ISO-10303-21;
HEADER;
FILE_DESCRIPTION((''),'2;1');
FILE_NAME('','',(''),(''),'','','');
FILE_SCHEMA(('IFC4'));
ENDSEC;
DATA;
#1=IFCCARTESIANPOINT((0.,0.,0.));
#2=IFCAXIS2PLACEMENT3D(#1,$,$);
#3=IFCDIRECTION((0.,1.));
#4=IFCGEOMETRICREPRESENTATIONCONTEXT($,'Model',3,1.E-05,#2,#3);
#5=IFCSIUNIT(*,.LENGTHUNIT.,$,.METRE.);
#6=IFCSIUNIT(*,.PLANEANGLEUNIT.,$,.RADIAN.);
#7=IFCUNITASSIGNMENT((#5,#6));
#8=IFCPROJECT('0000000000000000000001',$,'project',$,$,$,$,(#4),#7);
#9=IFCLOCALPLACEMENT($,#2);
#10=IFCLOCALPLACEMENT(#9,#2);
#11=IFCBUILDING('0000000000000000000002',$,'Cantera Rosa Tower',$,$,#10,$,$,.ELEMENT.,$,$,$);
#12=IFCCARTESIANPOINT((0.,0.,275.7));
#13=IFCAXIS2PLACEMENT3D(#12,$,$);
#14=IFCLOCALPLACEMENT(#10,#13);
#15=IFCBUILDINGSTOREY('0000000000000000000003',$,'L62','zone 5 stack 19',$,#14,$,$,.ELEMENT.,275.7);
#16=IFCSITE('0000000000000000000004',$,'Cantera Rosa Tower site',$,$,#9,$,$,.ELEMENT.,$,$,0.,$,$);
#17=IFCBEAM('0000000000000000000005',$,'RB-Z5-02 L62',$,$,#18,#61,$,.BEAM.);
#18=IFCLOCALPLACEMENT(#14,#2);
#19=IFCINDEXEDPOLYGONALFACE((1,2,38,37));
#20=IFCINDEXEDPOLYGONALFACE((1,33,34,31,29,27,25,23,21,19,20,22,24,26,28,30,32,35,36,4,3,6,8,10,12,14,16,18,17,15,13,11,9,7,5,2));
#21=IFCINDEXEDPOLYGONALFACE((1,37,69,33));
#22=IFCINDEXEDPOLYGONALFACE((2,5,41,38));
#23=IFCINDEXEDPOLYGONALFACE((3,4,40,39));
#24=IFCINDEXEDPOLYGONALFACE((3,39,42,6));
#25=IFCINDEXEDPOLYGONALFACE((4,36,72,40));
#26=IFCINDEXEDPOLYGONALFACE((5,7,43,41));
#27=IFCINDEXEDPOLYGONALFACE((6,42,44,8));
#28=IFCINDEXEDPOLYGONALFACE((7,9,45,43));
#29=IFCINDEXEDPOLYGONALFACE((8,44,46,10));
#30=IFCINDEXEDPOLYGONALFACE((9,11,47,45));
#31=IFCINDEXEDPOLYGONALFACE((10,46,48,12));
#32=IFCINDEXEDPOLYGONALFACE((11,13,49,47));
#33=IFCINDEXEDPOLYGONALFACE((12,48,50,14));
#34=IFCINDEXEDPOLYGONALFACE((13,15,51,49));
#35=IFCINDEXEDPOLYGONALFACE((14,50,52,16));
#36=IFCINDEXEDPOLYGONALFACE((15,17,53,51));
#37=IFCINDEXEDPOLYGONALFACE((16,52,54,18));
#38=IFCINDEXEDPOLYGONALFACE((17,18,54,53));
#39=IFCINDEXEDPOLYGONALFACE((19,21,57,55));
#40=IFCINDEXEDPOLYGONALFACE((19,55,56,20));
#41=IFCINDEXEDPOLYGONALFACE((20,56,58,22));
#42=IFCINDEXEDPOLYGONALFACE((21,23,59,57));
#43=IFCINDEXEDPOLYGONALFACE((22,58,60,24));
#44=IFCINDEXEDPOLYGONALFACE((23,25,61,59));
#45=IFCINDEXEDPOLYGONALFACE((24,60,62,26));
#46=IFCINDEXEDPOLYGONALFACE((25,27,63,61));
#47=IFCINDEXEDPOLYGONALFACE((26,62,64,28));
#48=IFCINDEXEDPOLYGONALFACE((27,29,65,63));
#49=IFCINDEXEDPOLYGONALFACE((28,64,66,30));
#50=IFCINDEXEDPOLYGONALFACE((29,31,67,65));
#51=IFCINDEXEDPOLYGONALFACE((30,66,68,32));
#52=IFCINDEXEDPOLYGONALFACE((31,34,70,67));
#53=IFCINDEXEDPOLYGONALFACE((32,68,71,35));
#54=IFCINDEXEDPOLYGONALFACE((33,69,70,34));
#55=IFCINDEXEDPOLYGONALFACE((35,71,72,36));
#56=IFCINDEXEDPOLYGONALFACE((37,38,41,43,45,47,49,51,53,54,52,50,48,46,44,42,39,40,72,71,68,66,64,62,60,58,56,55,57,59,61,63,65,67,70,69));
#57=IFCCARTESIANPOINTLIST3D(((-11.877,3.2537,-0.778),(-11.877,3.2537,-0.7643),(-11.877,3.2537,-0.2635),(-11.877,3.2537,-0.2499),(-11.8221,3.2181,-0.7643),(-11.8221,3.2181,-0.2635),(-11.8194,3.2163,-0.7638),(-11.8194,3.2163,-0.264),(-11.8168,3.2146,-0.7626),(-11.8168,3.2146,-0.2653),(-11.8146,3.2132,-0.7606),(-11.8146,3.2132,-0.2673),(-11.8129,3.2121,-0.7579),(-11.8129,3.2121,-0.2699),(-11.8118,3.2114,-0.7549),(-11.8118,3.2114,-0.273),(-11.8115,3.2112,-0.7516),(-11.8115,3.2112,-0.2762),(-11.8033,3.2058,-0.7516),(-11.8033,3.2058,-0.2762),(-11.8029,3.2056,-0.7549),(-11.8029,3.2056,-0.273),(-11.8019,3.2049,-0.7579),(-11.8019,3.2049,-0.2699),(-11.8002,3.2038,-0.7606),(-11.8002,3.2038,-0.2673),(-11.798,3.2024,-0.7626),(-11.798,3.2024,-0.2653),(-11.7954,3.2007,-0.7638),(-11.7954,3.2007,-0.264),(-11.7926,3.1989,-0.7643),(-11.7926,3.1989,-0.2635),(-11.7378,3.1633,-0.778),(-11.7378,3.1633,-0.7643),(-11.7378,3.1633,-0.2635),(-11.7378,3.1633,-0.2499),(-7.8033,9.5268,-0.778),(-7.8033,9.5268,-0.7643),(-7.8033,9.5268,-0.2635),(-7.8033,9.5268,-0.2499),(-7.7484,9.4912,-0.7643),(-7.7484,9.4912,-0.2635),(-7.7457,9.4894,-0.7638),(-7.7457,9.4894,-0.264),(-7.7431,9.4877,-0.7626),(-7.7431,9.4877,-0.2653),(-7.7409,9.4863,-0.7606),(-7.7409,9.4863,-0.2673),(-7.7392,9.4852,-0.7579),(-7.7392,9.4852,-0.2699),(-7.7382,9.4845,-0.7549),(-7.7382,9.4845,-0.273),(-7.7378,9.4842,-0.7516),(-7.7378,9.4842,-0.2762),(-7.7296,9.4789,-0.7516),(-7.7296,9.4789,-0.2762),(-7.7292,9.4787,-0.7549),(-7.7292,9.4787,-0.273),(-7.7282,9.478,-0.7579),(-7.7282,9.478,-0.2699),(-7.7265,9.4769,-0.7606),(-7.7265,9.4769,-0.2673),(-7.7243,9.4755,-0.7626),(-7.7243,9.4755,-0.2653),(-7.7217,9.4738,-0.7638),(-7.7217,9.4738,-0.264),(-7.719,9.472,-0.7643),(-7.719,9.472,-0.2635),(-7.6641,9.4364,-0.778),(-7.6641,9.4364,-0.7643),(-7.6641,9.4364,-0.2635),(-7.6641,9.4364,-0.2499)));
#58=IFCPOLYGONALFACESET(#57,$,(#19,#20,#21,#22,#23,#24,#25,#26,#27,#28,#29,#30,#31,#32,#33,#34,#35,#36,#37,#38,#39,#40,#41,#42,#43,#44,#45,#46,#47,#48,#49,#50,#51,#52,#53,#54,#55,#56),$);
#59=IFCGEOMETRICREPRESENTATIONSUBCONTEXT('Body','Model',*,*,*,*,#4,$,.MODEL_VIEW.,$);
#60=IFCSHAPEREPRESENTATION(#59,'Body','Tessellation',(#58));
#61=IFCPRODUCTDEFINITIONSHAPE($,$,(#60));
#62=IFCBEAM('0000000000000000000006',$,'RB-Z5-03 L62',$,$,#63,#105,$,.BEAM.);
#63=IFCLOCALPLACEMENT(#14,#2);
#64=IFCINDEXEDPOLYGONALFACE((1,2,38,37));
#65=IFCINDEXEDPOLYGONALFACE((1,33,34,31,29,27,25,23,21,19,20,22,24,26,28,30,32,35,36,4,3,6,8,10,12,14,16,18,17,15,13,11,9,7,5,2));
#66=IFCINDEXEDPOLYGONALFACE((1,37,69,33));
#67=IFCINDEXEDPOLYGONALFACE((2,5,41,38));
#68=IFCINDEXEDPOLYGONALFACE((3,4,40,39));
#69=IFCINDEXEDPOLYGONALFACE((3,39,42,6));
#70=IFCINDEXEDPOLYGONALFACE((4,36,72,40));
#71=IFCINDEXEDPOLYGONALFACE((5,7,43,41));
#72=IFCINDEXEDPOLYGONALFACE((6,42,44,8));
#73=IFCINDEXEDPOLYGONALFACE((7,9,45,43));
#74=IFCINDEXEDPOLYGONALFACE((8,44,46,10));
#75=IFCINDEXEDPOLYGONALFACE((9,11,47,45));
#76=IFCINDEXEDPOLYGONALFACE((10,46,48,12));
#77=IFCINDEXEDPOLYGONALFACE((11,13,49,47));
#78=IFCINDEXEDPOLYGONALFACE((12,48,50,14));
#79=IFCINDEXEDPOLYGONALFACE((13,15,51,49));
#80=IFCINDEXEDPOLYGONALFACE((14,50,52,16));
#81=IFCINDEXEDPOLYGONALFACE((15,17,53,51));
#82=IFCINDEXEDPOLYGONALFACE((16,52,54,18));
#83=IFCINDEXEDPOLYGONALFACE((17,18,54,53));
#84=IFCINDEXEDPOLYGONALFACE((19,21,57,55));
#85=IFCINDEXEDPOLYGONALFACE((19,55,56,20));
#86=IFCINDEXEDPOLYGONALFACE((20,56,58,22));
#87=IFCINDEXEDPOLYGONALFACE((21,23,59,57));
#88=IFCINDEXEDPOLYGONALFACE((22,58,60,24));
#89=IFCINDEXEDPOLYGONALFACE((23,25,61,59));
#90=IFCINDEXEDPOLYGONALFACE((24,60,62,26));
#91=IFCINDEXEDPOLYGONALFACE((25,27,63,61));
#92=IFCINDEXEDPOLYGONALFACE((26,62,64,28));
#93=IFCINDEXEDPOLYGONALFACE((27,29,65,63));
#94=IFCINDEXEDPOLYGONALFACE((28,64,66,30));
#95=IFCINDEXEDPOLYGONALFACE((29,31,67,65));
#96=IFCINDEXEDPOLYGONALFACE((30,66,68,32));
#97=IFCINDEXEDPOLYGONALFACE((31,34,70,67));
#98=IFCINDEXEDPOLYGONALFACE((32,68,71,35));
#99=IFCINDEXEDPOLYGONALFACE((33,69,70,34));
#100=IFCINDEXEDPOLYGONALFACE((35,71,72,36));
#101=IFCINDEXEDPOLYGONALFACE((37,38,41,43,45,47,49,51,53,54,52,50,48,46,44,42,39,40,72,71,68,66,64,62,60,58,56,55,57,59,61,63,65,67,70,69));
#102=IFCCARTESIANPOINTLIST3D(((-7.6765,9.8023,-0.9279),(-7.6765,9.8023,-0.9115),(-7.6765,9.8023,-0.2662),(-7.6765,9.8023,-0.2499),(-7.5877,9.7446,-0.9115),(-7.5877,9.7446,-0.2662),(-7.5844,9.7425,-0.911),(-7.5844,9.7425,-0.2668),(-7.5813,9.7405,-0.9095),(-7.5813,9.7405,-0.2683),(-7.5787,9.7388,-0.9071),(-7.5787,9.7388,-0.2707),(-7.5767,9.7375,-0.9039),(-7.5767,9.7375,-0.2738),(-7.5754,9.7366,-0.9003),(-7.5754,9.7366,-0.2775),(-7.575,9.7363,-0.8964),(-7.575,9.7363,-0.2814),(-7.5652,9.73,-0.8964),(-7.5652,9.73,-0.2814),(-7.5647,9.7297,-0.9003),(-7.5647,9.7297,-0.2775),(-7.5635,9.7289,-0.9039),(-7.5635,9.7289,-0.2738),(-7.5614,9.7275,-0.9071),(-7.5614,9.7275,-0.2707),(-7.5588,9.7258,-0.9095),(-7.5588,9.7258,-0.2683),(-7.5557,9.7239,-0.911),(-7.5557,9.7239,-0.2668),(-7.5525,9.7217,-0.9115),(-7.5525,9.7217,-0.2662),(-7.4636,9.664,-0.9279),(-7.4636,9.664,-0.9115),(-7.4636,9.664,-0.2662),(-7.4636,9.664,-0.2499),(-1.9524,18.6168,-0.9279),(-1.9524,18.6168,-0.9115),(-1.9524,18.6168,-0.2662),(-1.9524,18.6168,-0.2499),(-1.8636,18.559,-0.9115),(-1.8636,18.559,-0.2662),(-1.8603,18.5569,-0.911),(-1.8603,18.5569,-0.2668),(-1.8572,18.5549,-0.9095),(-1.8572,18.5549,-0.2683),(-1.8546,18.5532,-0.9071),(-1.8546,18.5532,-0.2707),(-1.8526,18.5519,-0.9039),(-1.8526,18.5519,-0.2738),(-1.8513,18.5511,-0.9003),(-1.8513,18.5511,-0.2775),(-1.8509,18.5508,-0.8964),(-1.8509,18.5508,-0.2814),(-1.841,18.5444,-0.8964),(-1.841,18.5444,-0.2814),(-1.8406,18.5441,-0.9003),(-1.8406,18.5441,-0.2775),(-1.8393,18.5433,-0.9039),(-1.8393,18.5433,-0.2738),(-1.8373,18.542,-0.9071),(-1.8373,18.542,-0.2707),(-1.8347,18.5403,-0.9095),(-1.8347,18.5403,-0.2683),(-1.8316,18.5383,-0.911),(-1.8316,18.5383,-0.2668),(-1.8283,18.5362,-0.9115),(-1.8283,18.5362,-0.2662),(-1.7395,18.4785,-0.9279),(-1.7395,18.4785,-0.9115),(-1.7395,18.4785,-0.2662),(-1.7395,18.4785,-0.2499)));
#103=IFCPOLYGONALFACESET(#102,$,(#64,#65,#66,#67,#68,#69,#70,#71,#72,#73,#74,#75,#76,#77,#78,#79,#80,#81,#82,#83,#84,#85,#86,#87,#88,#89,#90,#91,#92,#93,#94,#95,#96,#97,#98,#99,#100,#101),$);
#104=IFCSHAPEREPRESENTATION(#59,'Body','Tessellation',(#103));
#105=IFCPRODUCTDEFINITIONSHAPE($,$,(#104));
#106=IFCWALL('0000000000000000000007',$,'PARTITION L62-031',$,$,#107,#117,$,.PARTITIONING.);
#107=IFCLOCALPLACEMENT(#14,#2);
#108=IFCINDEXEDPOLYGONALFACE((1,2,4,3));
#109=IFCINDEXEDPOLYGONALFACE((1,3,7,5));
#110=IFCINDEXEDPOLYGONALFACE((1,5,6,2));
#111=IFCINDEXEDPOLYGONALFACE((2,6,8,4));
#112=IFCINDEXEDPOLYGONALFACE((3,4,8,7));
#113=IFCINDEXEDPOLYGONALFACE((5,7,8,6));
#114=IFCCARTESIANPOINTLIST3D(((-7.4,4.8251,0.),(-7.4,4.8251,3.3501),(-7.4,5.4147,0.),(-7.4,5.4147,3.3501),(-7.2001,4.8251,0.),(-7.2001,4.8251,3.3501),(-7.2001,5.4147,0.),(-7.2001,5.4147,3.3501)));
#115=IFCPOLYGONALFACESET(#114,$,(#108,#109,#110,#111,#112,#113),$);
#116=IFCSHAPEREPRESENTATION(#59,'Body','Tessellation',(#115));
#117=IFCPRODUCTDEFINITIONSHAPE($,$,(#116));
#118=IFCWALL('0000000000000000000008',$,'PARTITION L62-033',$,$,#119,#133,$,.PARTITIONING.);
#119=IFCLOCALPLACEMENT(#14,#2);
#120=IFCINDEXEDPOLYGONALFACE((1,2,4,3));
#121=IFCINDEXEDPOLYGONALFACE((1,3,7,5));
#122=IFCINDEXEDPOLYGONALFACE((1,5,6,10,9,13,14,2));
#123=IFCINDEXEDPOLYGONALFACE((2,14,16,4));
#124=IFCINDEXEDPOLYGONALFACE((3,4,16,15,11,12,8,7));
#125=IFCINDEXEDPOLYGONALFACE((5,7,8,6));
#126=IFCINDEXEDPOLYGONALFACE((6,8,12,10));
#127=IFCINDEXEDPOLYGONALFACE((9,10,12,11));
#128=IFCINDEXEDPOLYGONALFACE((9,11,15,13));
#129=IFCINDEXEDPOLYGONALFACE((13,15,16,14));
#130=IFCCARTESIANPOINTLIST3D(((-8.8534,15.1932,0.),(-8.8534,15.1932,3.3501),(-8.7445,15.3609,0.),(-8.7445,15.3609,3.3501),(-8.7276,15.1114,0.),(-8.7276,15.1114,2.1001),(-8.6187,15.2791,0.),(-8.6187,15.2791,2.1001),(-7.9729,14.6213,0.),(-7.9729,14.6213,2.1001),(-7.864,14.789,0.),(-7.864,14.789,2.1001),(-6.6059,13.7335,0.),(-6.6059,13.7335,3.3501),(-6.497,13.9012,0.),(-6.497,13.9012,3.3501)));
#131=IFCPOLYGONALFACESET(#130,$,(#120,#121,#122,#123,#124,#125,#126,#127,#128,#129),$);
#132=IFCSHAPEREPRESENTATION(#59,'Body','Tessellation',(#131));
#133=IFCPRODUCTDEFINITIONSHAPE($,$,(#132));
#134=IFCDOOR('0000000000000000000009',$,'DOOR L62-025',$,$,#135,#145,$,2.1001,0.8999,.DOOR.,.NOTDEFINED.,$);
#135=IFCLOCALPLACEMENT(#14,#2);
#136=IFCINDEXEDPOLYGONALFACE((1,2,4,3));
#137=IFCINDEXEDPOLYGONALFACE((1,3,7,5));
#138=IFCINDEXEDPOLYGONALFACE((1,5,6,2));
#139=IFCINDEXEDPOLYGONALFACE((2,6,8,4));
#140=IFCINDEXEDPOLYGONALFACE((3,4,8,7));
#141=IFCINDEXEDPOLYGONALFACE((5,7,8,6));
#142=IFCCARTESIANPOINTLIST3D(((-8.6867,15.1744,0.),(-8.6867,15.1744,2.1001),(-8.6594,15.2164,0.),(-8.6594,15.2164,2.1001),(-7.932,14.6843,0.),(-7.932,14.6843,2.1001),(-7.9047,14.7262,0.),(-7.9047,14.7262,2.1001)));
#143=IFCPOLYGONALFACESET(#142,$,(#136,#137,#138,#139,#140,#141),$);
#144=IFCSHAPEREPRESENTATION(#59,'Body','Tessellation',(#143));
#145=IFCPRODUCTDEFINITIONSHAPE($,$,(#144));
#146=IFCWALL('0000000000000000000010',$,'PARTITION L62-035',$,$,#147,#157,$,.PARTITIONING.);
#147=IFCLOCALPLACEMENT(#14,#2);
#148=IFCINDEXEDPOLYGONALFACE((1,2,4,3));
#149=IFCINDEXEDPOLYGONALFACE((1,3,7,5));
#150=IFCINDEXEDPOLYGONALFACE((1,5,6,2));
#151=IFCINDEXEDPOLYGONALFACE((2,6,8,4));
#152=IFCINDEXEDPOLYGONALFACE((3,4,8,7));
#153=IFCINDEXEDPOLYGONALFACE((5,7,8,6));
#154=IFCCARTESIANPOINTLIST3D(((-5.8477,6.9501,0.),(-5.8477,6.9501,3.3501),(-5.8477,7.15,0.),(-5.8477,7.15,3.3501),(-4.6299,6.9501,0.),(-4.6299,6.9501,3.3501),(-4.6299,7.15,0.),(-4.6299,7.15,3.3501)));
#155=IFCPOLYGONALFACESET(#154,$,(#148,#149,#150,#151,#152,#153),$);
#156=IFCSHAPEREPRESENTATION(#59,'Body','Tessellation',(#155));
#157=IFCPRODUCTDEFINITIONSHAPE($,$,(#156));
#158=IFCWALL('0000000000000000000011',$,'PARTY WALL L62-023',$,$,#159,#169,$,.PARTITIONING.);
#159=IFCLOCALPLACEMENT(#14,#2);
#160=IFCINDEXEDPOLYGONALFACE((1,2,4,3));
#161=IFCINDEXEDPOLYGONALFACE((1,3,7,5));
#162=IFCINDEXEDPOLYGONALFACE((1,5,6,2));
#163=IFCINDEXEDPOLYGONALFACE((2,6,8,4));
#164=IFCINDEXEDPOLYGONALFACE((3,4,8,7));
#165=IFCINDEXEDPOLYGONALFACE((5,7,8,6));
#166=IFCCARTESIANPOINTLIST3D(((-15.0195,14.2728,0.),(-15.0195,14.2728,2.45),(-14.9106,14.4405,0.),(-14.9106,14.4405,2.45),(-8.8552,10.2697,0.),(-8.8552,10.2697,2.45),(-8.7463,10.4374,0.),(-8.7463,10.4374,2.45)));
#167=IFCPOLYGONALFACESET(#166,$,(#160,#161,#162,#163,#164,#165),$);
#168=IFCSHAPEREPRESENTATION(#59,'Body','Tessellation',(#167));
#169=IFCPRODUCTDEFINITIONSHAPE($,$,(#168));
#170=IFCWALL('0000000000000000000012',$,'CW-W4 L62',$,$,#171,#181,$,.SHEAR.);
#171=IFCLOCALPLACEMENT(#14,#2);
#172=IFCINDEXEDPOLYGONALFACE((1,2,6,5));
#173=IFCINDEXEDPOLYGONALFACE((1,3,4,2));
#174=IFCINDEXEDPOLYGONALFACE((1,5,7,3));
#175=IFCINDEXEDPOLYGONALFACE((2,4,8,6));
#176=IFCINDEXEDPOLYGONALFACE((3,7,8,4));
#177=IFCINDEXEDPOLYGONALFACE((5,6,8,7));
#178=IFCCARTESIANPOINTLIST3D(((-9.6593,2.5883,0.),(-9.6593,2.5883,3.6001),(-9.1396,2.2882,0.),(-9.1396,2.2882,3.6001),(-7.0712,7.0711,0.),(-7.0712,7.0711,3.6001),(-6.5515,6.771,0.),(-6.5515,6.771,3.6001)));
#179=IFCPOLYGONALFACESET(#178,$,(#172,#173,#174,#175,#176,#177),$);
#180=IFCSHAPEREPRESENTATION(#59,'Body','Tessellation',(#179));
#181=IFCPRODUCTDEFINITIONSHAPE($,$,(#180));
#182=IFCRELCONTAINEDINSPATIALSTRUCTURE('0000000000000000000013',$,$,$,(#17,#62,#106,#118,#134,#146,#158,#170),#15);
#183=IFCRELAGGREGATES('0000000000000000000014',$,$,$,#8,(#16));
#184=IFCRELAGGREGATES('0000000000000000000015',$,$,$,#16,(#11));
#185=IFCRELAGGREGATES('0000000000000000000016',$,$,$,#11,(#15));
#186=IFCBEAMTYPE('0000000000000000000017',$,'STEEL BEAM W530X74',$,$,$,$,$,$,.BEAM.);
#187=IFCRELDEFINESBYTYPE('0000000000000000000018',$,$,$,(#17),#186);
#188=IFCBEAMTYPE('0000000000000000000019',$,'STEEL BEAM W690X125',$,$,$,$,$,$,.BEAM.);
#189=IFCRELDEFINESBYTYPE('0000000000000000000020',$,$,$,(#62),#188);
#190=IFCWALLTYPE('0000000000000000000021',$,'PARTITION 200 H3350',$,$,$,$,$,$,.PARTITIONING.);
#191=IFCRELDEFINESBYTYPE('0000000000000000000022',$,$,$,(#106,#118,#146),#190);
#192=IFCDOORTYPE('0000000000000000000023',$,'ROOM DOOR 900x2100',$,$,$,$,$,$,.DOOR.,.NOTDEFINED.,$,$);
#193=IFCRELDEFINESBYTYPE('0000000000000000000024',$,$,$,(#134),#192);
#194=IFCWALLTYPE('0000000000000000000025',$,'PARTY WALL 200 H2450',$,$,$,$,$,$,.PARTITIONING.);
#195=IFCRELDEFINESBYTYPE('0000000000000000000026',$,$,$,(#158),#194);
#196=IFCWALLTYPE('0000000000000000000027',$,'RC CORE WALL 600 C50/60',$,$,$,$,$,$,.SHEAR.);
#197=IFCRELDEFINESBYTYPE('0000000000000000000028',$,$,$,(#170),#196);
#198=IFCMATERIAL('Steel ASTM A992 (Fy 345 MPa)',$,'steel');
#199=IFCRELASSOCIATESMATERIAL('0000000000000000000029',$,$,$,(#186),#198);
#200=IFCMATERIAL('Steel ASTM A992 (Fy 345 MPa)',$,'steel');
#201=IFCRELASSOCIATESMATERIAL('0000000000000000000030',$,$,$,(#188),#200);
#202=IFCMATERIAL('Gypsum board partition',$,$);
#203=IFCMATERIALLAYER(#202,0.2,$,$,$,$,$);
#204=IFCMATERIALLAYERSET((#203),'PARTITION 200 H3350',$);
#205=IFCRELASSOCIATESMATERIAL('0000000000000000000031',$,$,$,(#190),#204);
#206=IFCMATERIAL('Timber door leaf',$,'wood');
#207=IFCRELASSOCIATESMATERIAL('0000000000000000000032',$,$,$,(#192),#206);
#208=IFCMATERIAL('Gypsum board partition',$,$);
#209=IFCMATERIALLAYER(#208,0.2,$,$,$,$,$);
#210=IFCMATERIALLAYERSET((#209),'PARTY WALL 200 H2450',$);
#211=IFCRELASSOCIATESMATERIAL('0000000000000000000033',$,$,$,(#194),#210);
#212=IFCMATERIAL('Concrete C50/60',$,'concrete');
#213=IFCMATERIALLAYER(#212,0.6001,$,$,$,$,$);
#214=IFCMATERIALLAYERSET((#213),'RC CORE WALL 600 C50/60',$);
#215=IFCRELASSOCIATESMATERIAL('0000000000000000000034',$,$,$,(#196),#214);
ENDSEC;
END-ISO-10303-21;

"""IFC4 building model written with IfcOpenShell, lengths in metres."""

from ifc_helpers import new_model, si_unit, direction, frame, frame_2d, origin, origin_2d, place, context, subcontext, project, spatial, rectangle, i_section, extrude, material, layer, layer_set, material_profile, profile_set, type_object, element, fill, save


model = new_model("IFC4")

# Units and contexts
model_context = context("Model", 3, precision=1e-05, world=origin(), true_north=direction((0.0, 1.0)))
body_context = subcontext(model_context, "Body", "Model", "MODEL_VIEW")
ifc_project = project(units=[si_unit("LENGTHUNIT", "METRE"), si_unit("PLANEANGLEUNIT", "RADIAN")], contexts=[model_context])

# Site, building, storey
site_placement = place(None, origin())
site = spatial("IfcSite", under=ifc_project, at=site_placement, Name="Cantera Rosa Tower site", CompositionType="ELEMENT", RefElevation=0.0)
building_placement = place(site_placement, origin())
building = spatial("IfcBuilding", under=site, at=building_placement, Name="Cantera Rosa Tower", CompositionType="ELEMENT")
storey_placement = place(building_placement, frame((0.0, 0.0, 275.7)))
storey = spatial("IfcBuildingStorey", under=building, at=storey_placement, Name="L62", Description="zone 5 stack 19", CompositionType="ELEMENT", Elevation=275.7)

# Beams
ifc_material_1 = material(Name="Steel ASTM A992 (Fy 345 MPa)", Category="steel")
ifc_material_profile_1 = material_profile(ifc_material_1, i_section(OverallWidth=0.166, OverallDepth=0.5281, WebThickness=0.0098, FlangeThickness=0.0137, FilletRadius=0.0127, at=origin_2d()), Name="W530X74")
ifc_profile_set_1 = profile_set([ifc_material_profile_1], Name="Steel ASTM A992 (Fy 345 MPa)")
beam_type_1 = type_object("IfcBeamType", Name="STEEL BEAM W530X74", PredefinedType="BEAM", material=ifc_profile_set_1)
beam_1_placement = place(storey_placement, frame((-11.8074, 3.2085, -0.5139), z_axis=(0.544627, 0.838678, 0.0), x_axis=(-0.838678, 0.544627, 0.0)))
element("IfcBeam", 1, at=beam_1_placement, inside=storey, type_object=beam_type_1, Name="RB-Z5-02 L62", PredefinedType="BEAM", context=body_context, shape_type="SweptSolid", body=[
    extrude(i_section(OverallWidth=0.166, OverallDepth=0.5281, WebThickness=0.0098, FlangeThickness=0.0137, FilletRadius=0.0127, at=origin_2d()), origin(), (0.0, 0.0, 1.0), 7.4797),
])
ifc_material_2 = material(Name="Steel ASTM A992 (Fy 345 MPa)", Category="steel")
ifc_material_profile_2 = material_profile(ifc_material_2, i_section(OverallWidth=0.2539, OverallDepth=0.678, WebThickness=0.0117, FlangeThickness=0.0164, FilletRadius=0.0151, at=origin_2d()), Name="W690X125")
ifc_profile_set_2 = profile_set([ifc_material_profile_2], Name="Steel ASTM A992 (Fy 345 MPa)")
beam_type_2 = type_object("IfcBeamType", Name="STEEL BEAM W690X125", PredefinedType="BEAM", material=ifc_profile_set_2)
beam_2_placement = place(storey_placement, frame((-7.5701, 9.7332, -0.5889), z_axis=(0.544636, 0.838673, 0.0), x_axis=(-0.838673, 0.544636, 0.0)))
element("IfcBeam", 2, at=beam_2_placement, inside=storey, type_object=beam_type_2, Name="RB-Z5-03 L62", PredefinedType="BEAM", context=body_context, shape_type="SweptSolid", body=[
    extrude(i_section(OverallWidth=0.2539, OverallDepth=0.678, WebThickness=0.0117, FlangeThickness=0.0164, FilletRadius=0.0151, at=origin_2d()), origin(), (0.0, 0.0, 1.0), 10.51),
])

# Wall
ifc_material_3 = material(Name="Gypsum board partition")
ifc_layer_1 = layer(ifc_material_3, 0.2)
ifc_layer_set_1 = layer_set([ifc_layer_1], Name="PARTITION 200 H3350")
wall_type_1 = type_object("IfcWallType", Name="PARTITION 200 H3350", PredefinedType="PARTITIONING", material=ifc_layer_set_1)
wall_1_placement = place(storey_placement, frame((-7.3, 4.825, 0.0), z_axis=(0.0, 0.0, 1.0), x_axis=(0.0, 1.0, 0.0)))
element("IfcWall", 3, at=wall_1_placement, inside=storey, type_object=wall_type_1, Name="PARTITION L62-031", PredefinedType="PARTITIONING", context=body_context, shape_type="SweptSolid", body=[
    extrude(rectangle(XDim=0.5896, YDim=0.2, at=frame_2d((0.2949, 0.0))), origin(), (0.0, 0.0, 1.0), 3.3501),
])

# Wall, opening, door
wall_2_placement = place(storey_placement, frame((-6.5515, 13.8174, 0.0), z_axis=(0.0, 0.0, 1.0), x_axis=(-0.838648, 0.544675, 0.0)))
wall_2 = element("IfcWall", 4, at=wall_2_placement, inside=storey, type_object=wall_type_1, Name="PARTITION L62-033", PredefinedType="PARTITIONING", context=body_context, shape_type="SweptSolid", body=[
    extrude(rectangle(XDim=2.6799, YDim=0.2, at=frame_2d((1.3398, 0.0))), origin(), (0.0, 0.0, 1.0), 3.3501),
])
opening_1_placement = place(wall_2_placement, frame((1.6299, 0.0, 0.0)))
opening_1 = element("IfcOpeningElement", 5, at=opening_1_placement, cuts=wall_2, PredefinedType="OPENING", context=body_context, shape_type="SweptSolid", body=[
    extrude(rectangle(XDim=0.8999, YDim=2.1001, at=frame_2d((0.45, 1.05))), frame((0.0, 0.1099, 0.0), z_axis=(0.0, -1.0, 0.0), x_axis=(1.0, 0.0, 0.0)), (0.0, 0.0, 1.0), 0.22),
])
ifc_material_4 = material(Name="Timber door leaf", Category="wood")
door_type_1 = type_object("IfcDoorType", Name="ROOM DOOR 900x2100", OperationType="NOTDEFINED", PredefinedType="DOOR", material=ifc_material_4)
door_1_placement = place(opening_1_placement, origin())
door_1 = element("IfcDoor", 6, at=door_1_placement, inside=storey, type_object=door_type_1, Name="DOOR L62-025", OperationType="NOTDEFINED", OverallHeight=2.1001, OverallWidth=0.8999, PredefinedType="DOOR", context=body_context, shape_type="SweptSolid", body=[
    extrude(rectangle(XDim=0.8999, YDim=2.1001, at=frame_2d((0.45, 1.05))), frame((0.0, 0.0249, 0.0), z_axis=(0.0, -1.0, 0.0), x_axis=(1.0, 0.0, 0.0)), (0.0, 0.0, 1.0), 0.05),
])
fill(opening_1, door_1)

# Walls
wall_3_placement = place(storey_placement, frame((-5.8477, 7.05, 0.0), z_axis=(0.0, 0.0, 1.0), x_axis=(1.0, 0.0, 0.0)))
element("IfcWall", 7, at=wall_3_placement, inside=storey, type_object=wall_type_1, Name="PARTITION L62-035", PredefinedType="PARTITIONING", context=body_context, shape_type="SweptSolid", body=[
    extrude(rectangle(XDim=1.2178, YDim=0.2, at=frame_2d((0.6089, 0.0))), origin(), (0.0, 0.0, 1.0), 3.3501),
])
ifc_material_5 = material(Name="Gypsum board partition")
ifc_layer_2 = layer(ifc_material_5, 0.2)
ifc_layer_set_2 = layer_set([ifc_layer_2], Name="PARTY WALL 200 H2450")
wall_type_2 = type_object("IfcWallType", Name="PARTY WALL 200 H2450", PredefinedType="PARTITIONING", material=ifc_layer_set_2)
wall_4_placement = place(storey_placement, frame((-8.8008, 10.3535, 0.0), z_axis=(0.0, 0.0, 1.0), x_axis=(-0.838669, 0.544642, 0.0)))
element("IfcWall", 8, at=wall_4_placement, inside=storey, type_object=wall_type_2, Name="PARTY WALL L62-023", PredefinedType="PARTITIONING", context=body_context, shape_type="SweptSolid", body=[
    extrude(rectangle(XDim=7.3501, YDim=0.2, at=frame_2d((3.675, 0.0))), origin(), (0.0, 0.0, 1.0), 2.45),
])
ifc_material_6 = material(Name="Concrete C50/60", Category="concrete")
ifc_layer_3 = layer(ifc_material_6, 0.6001)
ifc_layer_set_3 = layer_set([ifc_layer_3], Name="RC CORE WALL 600 C50/60")
wall_type_3 = type_object("IfcWallType", Name="RC CORE WALL 600 C50/60", PredefinedType="SHEAR", material=ifc_layer_set_3)
wall_5_placement = place(storey_placement, frame((-9.3994, 2.4382, 0.0), z_axis=(0.0, 0.0, 1.0), x_axis=(0.499989, 0.866032, 0.0)))
element("IfcWall", 9, at=wall_5_placement, inside=storey, type_object=wall_type_3, Name="CW-W4 L62", PredefinedType="SHEAR", context=body_context, shape_type="SweptSolid", body=[
    extrude(rectangle(XDim=5.1763, YDim=0.6001, at=frame_2d((2.5881, 0.0))), origin(), (0.0, 0.0, 1.0), 3.6001),
])

save(model, "model.ifc")
